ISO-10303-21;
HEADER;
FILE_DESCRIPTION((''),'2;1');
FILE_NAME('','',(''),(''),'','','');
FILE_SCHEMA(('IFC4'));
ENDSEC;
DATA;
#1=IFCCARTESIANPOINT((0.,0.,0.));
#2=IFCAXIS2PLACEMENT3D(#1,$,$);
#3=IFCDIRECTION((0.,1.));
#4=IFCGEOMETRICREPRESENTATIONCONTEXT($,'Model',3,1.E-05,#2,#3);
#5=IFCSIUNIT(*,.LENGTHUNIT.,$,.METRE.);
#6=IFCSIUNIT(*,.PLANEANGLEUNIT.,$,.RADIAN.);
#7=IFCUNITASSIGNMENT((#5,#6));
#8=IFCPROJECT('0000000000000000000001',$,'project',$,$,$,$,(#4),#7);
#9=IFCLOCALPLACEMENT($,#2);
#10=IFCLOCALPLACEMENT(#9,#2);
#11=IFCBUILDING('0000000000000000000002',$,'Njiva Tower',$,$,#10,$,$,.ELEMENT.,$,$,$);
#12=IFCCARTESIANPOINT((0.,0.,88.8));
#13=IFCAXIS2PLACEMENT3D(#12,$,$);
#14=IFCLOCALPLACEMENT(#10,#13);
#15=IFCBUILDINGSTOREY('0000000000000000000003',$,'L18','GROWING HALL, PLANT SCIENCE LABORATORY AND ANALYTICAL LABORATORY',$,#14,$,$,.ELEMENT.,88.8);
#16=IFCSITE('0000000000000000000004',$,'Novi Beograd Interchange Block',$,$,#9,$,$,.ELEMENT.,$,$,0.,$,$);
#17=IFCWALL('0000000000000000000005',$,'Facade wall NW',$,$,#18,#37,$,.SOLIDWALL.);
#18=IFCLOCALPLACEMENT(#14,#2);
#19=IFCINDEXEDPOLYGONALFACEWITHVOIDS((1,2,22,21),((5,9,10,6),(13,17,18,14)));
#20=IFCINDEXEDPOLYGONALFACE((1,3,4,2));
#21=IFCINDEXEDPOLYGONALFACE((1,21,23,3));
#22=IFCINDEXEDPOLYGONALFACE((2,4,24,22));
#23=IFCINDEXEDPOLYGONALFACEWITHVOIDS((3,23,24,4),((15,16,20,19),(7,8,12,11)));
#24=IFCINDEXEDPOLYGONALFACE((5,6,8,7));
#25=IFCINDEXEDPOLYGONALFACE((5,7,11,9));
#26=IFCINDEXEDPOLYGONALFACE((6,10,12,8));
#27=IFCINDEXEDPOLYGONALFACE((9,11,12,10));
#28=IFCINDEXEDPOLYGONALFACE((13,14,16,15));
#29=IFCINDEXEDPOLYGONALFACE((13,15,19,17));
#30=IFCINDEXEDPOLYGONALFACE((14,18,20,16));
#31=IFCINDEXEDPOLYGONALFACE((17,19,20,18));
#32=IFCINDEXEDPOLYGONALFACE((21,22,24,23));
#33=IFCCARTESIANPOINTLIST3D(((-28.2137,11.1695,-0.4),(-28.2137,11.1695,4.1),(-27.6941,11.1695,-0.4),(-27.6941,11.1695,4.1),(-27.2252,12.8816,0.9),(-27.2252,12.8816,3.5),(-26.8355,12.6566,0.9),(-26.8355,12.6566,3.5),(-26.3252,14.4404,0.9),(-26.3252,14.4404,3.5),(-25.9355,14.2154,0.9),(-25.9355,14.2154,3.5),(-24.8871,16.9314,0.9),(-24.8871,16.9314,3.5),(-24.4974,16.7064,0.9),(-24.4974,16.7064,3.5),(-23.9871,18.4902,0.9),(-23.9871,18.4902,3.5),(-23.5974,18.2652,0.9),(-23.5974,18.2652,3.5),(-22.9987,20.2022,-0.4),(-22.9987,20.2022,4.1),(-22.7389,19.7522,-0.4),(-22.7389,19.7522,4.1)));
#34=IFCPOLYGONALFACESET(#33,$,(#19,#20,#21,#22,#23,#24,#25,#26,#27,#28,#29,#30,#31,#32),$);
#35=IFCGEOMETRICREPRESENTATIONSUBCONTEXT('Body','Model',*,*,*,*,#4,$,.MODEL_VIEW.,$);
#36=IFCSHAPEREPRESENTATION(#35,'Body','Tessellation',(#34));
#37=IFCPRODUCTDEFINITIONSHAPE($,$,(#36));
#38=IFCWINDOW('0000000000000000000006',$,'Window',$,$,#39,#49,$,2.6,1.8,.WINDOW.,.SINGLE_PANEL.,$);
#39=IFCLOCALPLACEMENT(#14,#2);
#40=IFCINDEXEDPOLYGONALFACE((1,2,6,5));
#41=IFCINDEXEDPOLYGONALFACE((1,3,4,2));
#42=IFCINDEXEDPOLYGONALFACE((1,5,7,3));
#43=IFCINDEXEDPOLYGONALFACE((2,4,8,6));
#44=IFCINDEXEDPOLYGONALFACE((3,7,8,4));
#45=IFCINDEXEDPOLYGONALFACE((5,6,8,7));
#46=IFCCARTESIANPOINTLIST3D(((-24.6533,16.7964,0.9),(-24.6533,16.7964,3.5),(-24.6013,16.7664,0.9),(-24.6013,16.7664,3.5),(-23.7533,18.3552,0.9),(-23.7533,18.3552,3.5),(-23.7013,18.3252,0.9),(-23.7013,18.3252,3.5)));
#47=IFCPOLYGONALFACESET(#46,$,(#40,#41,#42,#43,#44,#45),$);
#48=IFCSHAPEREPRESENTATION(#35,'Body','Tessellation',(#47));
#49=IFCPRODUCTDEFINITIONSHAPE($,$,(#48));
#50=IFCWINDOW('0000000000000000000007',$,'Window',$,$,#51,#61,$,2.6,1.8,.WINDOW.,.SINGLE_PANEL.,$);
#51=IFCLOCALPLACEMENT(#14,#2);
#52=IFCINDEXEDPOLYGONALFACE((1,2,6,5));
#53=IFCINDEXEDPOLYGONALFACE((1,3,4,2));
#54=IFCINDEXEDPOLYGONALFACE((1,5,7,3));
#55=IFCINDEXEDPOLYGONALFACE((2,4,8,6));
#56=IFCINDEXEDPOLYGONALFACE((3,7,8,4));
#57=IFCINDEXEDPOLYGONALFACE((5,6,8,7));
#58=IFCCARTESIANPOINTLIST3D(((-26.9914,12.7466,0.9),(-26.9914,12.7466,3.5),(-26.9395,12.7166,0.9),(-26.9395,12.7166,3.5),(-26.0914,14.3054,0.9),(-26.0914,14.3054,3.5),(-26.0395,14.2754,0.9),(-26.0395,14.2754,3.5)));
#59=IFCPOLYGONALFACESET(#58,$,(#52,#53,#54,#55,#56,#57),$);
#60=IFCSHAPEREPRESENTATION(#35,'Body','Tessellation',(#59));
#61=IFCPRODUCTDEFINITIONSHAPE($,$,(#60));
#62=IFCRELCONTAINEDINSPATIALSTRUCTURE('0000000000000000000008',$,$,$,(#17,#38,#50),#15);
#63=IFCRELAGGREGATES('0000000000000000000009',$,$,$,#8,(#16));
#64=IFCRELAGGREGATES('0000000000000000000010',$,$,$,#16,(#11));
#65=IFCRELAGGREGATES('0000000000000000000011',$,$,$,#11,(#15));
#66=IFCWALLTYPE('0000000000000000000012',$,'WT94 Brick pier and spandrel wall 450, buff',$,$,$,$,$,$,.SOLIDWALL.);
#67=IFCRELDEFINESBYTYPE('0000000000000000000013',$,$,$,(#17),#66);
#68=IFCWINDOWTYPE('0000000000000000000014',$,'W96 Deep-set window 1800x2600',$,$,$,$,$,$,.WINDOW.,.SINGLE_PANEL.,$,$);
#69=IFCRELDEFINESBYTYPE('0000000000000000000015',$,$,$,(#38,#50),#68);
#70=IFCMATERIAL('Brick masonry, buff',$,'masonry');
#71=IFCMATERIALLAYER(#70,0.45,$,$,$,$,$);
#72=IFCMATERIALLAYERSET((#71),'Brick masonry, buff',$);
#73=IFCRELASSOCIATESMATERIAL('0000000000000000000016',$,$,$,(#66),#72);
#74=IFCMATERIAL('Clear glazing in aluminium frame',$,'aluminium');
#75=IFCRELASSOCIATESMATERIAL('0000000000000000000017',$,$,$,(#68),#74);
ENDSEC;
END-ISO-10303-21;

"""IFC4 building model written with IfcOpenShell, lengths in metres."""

from ifc_helpers import new_model, si_unit, direction, frame, frame_2d, origin, place, context, subcontext, project, spatial, polyline, rectangle, outline, extrude, material, layer, layer_set, type_object, element, fill, save


model = new_model("IFC4")

# Units and contexts
model_context = context("Model", 3, precision=1e-05, world=origin(), true_north=direction((0.0, 1.0)))
body_context = subcontext(model_context, "Body", "Model", "MODEL_VIEW")
ifc_project = project(units=[si_unit("LENGTHUNIT", "METRE"), si_unit("PLANEANGLEUNIT", "RADIAN")], contexts=[model_context])

# Site, building, storey
site_placement = place(None, origin())
site = spatial("IfcSite", under=ifc_project, at=site_placement, Name="Novi Beograd Interchange Block", CompositionType="ELEMENT", RefElevation=0.0)
building_placement = place(site_placement, origin())
building = spatial("IfcBuilding", under=site, at=building_placement, Name="Njiva Tower", CompositionType="ELEMENT")
storey_placement = place(building_placement, frame((0.0, 0.0, 88.8)))
storey = spatial("IfcBuildingStorey", under=building, at=storey_placement, Name="L18", Description="GROWING HALL, PLANT SCIENCE LABORATORY AND ANALYTICAL LABORATORY", CompositionType="ELEMENT", Elevation=88.8)

# Wall, openings, windows
ifc_material_1 = material(Name="Brick masonry, buff", Category="masonry")
ifc_layer_1 = layer(ifc_material_1, 0.45)
ifc_layer_set_1 = layer_set([ifc_layer_1], Name="Brick masonry, buff")
wall_type_1 = type_object("IfcWallType", Name="WT94 Brick pier and spandrel wall 450, buff", PredefinedType="SOLIDWALL", material=ifc_layer_set_1)
wall_1_placement = place(storey_placement, frame((-22.8688, 19.9772, -0.4), z_axis=(0.0, 0.0, 1.0), x_axis=(-0.499998, -0.866027, 0.0)))
wall_1 = element("IfcWall", 1, at=wall_1_placement, inside=storey, type_object=wall_type_1, Name="Facade wall NW", PredefinedType="SOLIDWALL", context=body_context, shape_type="SweptSolid", body=[
    extrude(outline(polyline([(-0.1299, -0.225), (10.3001, -0.225), (10.0403, 0.225), (0.1299, 0.225), (-0.1299, -0.225)])), origin(), (0.0, 0.0, 1.0), 4.5),
])
opening_1_placement = place(wall_1_placement, frame((1.8469, 0.0, 1.3)))
opening_1 = element("IfcOpeningElement", 2, at=opening_1_placement, cuts=wall_1, PredefinedType="OPENING", context=body_context, shape_type="SweptSolid", body=[
    extrude(rectangle(XDim=1.8, YDim=2.6, at=frame_2d((0.9, 1.3))), frame((0.0, 0.235, 0.0), z_axis=(0.0, -1.0, 0.0), x_axis=(1.0, 0.0, 0.0)), (0.0, 0.0, 1.0), 0.47),
])
opening_2_placement = place(wall_1_placement, frame((6.5232, 0.0, 1.3)))
opening_2 = element("IfcOpeningElement", 3, at=opening_2_placement, cuts=wall_1, PredefinedType="OPENING", context=body_context, shape_type="SweptSolid", body=[
    extrude(rectangle(XDim=1.8, YDim=2.6, at=frame_2d((0.9, 1.3))), frame((0.0, 0.235, 0.0), z_axis=(0.0, -1.0, 0.0), x_axis=(1.0, 0.0, 0.0)), (0.0, 0.0, 1.0), 0.47),
])
ifc_material_2 = material(Name="Clear glazing in aluminium frame", Category="aluminium")
window_type = type_object("IfcWindowType", Name="W96 Deep-set window 1800x2600", PartitioningType="SINGLE_PANEL", PredefinedType="WINDOW", material=ifc_material_2)
window_1_placement = place(opening_1_placement, origin())
window_1 = element("IfcWindow", 4, at=window_1_placement, inside=storey, type_object=window_type, Name="Window", OverallHeight=2.6, OverallWidth=1.8, PartitioningType="SINGLE_PANEL", PredefinedType="WINDOW", context=body_context, shape_type="SweptSolid", body=[
    extrude(rectangle(XDim=1.8, YDim=2.6, at=frame_2d((0.9, 1.3))), frame((0.0, 0.105, 0.0), z_axis=(0.0, -1.0, 0.0), x_axis=(1.0, 0.0, 0.0)), (0.0, 0.0, 1.0), 0.06),
])
fill(opening_1, window_1)
window_2_placement = place(opening_2_placement, origin())
window_2 = element("IfcWindow", 5, at=window_2_placement, inside=storey, type_object=window_type, Name="Window", OverallHeight=2.6, OverallWidth=1.8, PartitioningType="SINGLE_PANEL", PredefinedType="WINDOW", context=body_context, shape_type="SweptSolid", body=[
    extrude(rectangle(XDim=1.8, YDim=2.6, at=frame_2d((0.9, 1.3))), frame((0.0, 0.105, 0.0), z_axis=(0.0, -1.0, 0.0), x_axis=(1.0, 0.0, 0.0)), (0.0, 0.0, 1.0), 0.06),
])
fill(opening_2, window_2)

save(model, "model.ifc")
